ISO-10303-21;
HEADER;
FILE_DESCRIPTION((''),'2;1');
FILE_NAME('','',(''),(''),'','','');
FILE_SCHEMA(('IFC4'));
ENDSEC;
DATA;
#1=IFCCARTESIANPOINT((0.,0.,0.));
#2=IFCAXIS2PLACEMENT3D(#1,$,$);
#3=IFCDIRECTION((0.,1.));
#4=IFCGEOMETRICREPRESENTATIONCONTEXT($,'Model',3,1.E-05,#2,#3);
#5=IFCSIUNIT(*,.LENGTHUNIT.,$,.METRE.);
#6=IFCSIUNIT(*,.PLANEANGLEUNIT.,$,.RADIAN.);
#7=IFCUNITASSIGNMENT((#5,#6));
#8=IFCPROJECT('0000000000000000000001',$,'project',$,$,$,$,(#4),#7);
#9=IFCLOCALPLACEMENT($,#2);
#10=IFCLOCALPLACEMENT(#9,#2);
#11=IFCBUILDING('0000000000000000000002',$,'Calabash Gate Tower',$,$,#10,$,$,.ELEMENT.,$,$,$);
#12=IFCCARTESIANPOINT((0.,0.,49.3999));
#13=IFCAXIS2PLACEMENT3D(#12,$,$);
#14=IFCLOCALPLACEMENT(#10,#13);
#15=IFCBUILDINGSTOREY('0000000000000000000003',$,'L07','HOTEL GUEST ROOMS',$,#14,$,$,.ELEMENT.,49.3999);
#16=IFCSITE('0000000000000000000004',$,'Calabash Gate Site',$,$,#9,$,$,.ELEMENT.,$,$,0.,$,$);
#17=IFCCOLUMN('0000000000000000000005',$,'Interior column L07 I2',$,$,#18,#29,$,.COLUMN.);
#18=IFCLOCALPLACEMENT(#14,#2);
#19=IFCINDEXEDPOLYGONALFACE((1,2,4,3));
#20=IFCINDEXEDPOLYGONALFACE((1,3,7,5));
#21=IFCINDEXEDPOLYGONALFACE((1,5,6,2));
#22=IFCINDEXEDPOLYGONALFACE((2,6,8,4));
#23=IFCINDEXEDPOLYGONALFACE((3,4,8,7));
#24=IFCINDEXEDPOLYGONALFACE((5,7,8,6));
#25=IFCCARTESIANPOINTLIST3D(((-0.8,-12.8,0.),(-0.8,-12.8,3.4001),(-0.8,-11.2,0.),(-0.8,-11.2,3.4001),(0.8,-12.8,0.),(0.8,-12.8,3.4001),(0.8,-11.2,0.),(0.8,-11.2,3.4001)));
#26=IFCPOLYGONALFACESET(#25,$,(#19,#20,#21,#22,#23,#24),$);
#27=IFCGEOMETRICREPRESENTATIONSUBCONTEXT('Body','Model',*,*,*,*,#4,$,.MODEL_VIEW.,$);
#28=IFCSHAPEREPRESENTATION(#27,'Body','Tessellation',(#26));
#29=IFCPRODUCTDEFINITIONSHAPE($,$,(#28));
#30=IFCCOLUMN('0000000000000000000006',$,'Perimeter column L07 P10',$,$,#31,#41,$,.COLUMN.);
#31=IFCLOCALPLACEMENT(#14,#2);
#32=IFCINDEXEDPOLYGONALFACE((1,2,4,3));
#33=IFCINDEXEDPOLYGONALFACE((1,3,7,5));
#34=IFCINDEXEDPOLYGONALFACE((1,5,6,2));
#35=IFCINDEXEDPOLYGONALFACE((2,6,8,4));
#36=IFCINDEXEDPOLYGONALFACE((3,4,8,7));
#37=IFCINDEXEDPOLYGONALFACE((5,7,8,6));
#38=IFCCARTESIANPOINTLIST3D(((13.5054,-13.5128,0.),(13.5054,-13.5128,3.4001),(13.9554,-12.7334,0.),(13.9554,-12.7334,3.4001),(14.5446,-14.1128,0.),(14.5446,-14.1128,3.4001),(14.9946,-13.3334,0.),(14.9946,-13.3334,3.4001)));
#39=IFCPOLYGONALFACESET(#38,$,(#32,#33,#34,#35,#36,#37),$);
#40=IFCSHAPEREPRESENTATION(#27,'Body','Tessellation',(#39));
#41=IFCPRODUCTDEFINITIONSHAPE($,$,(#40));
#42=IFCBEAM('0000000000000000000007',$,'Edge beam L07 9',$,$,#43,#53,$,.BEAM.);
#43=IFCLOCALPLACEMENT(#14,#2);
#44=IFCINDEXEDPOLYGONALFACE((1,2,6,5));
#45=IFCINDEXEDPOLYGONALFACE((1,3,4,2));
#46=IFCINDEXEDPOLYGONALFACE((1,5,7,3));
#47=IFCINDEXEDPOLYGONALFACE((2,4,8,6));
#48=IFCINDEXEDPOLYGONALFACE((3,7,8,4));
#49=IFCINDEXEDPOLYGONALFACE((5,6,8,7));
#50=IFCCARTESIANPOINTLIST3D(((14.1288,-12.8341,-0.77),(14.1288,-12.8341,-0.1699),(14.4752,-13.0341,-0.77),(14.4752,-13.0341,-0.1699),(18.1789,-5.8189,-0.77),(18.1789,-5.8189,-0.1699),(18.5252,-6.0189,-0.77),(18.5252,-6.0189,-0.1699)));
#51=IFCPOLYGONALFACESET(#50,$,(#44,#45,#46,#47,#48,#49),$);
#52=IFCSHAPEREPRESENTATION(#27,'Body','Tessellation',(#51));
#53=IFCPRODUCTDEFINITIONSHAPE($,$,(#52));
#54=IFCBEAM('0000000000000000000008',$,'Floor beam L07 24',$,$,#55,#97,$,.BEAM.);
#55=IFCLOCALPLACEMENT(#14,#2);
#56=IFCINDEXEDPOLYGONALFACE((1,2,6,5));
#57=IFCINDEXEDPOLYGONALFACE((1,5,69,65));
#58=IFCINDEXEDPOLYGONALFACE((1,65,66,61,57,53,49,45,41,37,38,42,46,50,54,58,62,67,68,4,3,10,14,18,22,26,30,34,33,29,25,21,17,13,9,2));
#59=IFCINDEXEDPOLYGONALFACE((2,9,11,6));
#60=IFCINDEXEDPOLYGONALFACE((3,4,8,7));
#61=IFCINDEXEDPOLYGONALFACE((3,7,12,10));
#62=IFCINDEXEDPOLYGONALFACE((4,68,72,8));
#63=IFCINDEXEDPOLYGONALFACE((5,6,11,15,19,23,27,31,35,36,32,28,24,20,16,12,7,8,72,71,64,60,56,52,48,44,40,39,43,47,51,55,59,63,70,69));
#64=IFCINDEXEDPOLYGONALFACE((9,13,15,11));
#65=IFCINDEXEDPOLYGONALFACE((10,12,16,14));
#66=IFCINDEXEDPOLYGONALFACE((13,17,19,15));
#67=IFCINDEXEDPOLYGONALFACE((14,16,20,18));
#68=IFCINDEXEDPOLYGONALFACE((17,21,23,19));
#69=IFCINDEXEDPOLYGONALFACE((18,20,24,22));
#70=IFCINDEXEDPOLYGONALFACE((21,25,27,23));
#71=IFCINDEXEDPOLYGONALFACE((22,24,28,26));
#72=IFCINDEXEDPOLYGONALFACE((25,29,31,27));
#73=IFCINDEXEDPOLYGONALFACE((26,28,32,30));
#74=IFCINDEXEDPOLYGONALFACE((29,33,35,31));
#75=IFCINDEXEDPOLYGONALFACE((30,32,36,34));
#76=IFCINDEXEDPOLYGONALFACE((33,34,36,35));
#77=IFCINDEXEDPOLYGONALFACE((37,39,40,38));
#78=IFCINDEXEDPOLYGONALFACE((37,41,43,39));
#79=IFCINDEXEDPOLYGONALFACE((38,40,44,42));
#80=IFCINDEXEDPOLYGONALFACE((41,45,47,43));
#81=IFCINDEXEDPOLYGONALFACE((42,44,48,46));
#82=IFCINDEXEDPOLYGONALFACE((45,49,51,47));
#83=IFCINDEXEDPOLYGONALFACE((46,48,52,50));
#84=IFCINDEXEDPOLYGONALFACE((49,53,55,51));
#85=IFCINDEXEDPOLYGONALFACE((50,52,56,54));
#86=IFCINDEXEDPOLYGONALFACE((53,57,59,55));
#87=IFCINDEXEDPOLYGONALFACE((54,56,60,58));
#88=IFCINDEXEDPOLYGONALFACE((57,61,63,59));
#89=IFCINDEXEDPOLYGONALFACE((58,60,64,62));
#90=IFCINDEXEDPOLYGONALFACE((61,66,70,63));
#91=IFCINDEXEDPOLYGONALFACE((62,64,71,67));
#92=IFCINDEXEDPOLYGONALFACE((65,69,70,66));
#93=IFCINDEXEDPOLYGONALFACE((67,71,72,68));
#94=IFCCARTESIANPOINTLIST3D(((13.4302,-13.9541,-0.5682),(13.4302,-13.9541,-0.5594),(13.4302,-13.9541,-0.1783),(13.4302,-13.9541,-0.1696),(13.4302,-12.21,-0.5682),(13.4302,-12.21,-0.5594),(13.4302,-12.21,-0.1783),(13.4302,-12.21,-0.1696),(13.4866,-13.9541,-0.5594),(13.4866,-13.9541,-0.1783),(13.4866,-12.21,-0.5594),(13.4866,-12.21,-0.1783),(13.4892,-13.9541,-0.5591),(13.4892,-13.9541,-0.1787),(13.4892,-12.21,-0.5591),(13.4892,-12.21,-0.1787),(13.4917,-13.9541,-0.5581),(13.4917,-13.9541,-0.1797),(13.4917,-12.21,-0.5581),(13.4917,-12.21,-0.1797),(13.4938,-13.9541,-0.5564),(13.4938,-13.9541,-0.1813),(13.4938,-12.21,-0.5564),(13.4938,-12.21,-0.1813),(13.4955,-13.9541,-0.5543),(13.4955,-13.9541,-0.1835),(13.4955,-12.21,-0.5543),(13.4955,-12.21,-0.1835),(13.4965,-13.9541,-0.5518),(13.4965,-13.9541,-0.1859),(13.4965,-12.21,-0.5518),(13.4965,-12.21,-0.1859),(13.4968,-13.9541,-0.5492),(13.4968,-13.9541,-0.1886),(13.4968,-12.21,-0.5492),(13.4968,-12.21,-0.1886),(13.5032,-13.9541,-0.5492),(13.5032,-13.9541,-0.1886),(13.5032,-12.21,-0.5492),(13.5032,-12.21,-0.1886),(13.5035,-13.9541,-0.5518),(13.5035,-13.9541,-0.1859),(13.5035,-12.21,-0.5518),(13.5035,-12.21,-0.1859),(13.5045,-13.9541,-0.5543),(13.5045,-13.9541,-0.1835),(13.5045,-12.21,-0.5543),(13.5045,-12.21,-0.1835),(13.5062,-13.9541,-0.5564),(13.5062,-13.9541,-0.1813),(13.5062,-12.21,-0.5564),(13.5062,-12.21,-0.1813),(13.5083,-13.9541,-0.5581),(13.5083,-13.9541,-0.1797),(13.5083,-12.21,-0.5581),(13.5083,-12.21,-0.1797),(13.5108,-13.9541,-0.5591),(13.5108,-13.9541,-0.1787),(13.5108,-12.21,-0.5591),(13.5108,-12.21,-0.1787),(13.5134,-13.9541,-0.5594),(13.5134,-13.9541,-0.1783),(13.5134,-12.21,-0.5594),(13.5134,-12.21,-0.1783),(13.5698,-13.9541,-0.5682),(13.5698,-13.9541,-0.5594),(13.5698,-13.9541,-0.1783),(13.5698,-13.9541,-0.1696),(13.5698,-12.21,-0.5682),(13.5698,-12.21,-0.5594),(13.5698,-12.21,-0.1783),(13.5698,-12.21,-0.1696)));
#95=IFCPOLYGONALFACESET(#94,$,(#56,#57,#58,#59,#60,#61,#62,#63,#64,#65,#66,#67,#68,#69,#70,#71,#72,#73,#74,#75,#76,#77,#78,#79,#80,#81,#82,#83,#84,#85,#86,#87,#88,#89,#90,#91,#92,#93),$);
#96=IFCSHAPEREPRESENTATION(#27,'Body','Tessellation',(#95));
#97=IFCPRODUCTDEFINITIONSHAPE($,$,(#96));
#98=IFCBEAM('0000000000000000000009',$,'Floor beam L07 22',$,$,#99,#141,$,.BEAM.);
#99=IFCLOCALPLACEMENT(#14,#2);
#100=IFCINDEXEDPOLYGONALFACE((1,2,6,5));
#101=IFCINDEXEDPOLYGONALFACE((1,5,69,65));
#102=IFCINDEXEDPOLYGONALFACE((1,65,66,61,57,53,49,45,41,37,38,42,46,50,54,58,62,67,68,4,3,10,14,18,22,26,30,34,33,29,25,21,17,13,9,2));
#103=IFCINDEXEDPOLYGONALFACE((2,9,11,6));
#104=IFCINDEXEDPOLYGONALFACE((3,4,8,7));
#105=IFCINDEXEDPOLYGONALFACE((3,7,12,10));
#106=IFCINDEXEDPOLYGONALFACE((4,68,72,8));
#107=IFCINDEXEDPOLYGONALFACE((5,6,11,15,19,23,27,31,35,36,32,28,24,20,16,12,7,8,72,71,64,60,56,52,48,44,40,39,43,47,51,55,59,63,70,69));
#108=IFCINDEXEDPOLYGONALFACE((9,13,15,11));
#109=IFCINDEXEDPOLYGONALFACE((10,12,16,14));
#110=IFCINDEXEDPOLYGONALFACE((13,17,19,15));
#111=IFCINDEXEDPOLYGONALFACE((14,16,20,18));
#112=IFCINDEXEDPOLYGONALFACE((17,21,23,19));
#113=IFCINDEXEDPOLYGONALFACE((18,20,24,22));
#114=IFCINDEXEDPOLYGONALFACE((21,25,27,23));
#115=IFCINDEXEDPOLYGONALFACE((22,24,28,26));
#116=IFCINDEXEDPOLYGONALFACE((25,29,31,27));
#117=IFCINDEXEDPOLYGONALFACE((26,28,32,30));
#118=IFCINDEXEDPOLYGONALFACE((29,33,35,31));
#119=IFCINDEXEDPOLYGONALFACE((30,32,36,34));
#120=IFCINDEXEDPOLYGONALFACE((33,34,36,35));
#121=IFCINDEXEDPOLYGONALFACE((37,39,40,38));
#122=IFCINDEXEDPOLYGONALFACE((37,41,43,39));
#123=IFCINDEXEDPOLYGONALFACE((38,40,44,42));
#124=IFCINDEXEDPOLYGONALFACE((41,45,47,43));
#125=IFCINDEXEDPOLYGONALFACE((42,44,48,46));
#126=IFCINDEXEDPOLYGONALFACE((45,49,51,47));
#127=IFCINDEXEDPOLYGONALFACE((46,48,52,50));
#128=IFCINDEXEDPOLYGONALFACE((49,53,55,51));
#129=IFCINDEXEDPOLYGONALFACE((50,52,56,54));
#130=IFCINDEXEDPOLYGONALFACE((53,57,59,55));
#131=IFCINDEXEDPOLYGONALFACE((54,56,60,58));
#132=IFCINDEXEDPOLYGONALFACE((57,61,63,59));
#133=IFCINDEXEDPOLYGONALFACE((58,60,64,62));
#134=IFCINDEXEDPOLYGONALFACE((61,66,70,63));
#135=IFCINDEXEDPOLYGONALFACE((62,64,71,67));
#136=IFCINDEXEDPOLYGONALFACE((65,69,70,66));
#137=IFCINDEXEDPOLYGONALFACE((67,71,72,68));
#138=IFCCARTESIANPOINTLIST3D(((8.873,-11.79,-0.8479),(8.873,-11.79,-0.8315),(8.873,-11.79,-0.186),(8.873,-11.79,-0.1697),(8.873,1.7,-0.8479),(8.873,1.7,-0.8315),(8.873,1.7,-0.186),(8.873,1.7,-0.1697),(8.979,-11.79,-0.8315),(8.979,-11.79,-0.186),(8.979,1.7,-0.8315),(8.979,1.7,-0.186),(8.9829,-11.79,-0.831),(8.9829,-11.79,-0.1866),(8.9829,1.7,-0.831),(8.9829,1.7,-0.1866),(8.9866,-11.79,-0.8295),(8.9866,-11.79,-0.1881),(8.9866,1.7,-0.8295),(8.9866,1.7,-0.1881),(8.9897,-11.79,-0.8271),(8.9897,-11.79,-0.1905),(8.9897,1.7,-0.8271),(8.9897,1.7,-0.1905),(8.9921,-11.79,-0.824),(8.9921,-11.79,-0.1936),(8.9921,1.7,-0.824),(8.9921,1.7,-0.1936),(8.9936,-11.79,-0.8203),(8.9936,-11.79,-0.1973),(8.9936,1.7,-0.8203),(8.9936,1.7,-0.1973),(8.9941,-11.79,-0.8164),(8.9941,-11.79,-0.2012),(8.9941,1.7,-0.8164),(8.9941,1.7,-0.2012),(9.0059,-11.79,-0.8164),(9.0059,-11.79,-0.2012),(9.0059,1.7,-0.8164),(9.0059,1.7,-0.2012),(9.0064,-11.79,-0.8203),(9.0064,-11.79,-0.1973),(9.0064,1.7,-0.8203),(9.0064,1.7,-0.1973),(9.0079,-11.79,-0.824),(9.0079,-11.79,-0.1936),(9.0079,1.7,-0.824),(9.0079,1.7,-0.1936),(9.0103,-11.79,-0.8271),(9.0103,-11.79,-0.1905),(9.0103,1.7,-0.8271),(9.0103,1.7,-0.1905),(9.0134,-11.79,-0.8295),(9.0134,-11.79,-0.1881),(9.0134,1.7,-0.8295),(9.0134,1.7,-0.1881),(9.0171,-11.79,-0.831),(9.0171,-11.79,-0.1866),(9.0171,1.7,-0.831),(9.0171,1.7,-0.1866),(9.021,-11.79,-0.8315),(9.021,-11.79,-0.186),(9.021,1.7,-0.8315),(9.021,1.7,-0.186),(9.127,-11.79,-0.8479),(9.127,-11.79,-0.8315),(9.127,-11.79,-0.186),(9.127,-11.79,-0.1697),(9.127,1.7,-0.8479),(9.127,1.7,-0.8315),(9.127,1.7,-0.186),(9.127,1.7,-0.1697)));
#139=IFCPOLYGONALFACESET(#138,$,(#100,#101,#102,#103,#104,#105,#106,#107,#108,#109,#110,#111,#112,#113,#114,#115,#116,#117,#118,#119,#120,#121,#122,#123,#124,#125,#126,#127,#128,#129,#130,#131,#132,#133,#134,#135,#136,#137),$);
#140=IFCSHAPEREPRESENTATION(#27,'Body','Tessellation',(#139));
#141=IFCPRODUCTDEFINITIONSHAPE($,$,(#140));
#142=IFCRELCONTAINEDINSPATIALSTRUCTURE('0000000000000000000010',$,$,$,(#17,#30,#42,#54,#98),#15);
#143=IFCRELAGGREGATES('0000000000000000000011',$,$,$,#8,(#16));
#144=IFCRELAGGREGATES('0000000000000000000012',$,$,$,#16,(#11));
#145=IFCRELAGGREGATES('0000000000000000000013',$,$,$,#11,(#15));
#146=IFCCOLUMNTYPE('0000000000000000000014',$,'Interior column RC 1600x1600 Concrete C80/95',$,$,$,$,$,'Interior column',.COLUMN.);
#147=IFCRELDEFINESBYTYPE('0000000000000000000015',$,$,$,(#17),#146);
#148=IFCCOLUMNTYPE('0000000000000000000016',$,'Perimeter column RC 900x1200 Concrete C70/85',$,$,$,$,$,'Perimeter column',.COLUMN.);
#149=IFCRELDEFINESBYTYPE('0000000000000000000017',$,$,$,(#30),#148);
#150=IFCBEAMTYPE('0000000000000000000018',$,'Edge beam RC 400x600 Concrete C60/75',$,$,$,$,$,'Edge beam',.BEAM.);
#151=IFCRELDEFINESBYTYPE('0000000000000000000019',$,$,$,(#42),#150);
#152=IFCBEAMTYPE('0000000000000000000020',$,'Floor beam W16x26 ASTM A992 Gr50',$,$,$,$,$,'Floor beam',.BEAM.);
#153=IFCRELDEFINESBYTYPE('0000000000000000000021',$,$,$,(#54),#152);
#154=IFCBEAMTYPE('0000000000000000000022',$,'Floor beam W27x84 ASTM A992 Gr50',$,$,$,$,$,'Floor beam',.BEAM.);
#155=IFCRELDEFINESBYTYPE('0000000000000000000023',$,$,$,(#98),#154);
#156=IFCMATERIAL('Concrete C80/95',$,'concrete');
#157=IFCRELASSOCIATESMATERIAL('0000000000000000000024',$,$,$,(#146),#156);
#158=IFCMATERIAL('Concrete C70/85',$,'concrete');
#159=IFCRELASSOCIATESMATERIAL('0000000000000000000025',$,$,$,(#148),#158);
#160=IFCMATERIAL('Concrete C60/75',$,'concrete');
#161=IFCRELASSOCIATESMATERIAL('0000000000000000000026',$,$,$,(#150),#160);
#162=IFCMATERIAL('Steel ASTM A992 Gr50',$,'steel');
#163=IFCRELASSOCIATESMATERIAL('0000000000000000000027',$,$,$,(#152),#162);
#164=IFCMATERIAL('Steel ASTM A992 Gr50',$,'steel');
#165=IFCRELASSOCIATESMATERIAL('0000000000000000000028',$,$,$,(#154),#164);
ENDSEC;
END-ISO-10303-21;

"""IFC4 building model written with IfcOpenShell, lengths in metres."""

from ifc_helpers import new_model, si_unit, direction, frame, origin, origin_2d, place, context, subcontext, project, spatial, rectangle, i_section, extrude, material, material_profile, profile_set, type_object, element, save


model = new_model("IFC4")

# Units and contexts
model_context = context("Model", 3, precision=1e-05, world=origin(), true_north=direction((0.0, 1.0)))
body_context = subcontext(model_context, "Body", "Model", "MODEL_VIEW")
ifc_project = project(units=[si_unit("LENGTHUNIT", "METRE"), si_unit("PLANEANGLEUNIT", "RADIAN")], contexts=[model_context])

# Site, building, storey
site_placement = place(None, origin())
site = spatial("IfcSite", under=ifc_project, at=site_placement, Name="Calabash Gate Site", CompositionType="ELEMENT", RefElevation=0.0)
building_placement = place(site_placement, origin())
building = spatial("IfcBuilding", under=site, at=building_placement, Name="Calabash Gate Tower", CompositionType="ELEMENT")
storey_placement = place(building_placement, frame((0.0, 0.0, 49.3999)))
storey = spatial("IfcBuildingStorey", under=building, at=storey_placement, Name="L07", Description="HOTEL GUEST ROOMS", CompositionType="ELEMENT", Elevation=49.3999)

# Columns
ifc_material_1 = material(Name="Concrete C80/95", Category="concrete")
ifc_material_profile_1 = material_profile(ifc_material_1, rectangle(XDim=1.6001, YDim=1.6001, at=origin_2d()))
ifc_profile_set_1 = profile_set([ifc_material_profile_1], Name="Concrete C80/95")
column_type_1 = type_object("IfcColumnType", Name="Interior column RC 1600x1600 Concrete C80/95", ElementType="Interior column", PredefinedType="COLUMN", material=ifc_profile_set_1)
column_1_placement = place(storey_placement, frame((0.0, -12.0, 0.0), z_axis=(0.0, 0.0, 1.0), x_axis=(1.0, 0.0, 0.0)))
element("IfcColumn", 1, at=column_1_placement, inside=storey, type_object=column_type_1, Name="Interior column L07 I2", PredefinedType="COLUMN", context=body_context, shape_type="SweptSolid", body=[
    extrude(rectangle(XDim=1.6001, YDim=1.6001, at=origin_2d()), origin(), (0.0, 0.0, 1.0), 3.4001),
])
ifc_material_2 = material(Name="Concrete C70/85", Category="concrete")
ifc_material_profile_2 = material_profile(ifc_material_2, rectangle(XDim=0.8999, YDim=1.2, at=origin_2d()))
ifc_profile_set_2 = profile_set([ifc_material_profile_2], Name="Concrete C70/85")
column_type_2 = type_object("IfcColumnType", Name="Perimeter column RC 900x1200 Concrete C70/85", ElementType="Perimeter column", PredefinedType="COLUMN", material=ifc_profile_set_2)
column_2_placement = place(storey_placement, frame((14.25, -13.4231, 0.0), z_axis=(0.0, 0.0, 1.0), x_axis=(0.5, 0.866025, 0.0)))
element("IfcColumn", 2, at=column_2_placement, inside=storey, type_object=column_type_2, Name="Perimeter column L07 P10", PredefinedType="COLUMN", context=body_context, shape_type="SweptSolid", body=[
    extrude(rectangle(XDim=0.8999, YDim=1.2, at=origin_2d()), origin(), (0.0, 0.0, 1.0), 3.4001),
])

# Beams
ifc_material_3 = material(Name="Concrete C60/75", Category="concrete")
ifc_material_profile_3 = material_profile(ifc_material_3, rectangle(XDim=0.3999, YDim=0.6001, at=origin_2d()))
ifc_profile_set_3 = profile_set([ifc_material_profile_3], Name="Concrete C60/75")
beam_type_1 = type_object("IfcBeamType", Name="Edge beam RC 400x600 Concrete C60/75", ElementType="Edge beam", PredefinedType="BEAM", material=ifc_profile_set_3)
beam_1_placement = place(storey_placement, frame((14.302, -12.9341, -0.47), z_axis=(0.499987, 0.866033, 0.0), x_axis=(-0.866033, 0.499987, 0.0)))
element("IfcBeam", 3, at=beam_1_placement, inside=storey, type_object=beam_type_1, Name="Edge beam L07 9", PredefinedType="BEAM", context=body_context, shape_type="SweptSolid", body=[
    extrude(rectangle(XDim=0.3999, YDim=0.6001, at=origin_2d()), origin(), (0.0, 0.0, 1.0), 8.1003),
])
ifc_material_4 = material(Name="Steel ASTM A992 Gr50", Category="steel")
ifc_material_profile_4 = material_profile(ifc_material_4, i_section(OverallWidth=0.1396, OverallDepth=0.3987, WebThickness=0.0063, FlangeThickness=0.0088, FilletRadius=0.0103, at=origin_2d()))
ifc_profile_set_4 = profile_set([ifc_material_profile_4], Name="Steel ASTM A992 Gr50")
beam_type_2 = type_object("IfcBeamType", Name="Floor beam W16x26 ASTM A992 Gr50", ElementType="Floor beam", PredefinedType="BEAM", material=ifc_profile_set_4)
beam_2_placement = place(storey_placement, frame((13.5, -13.9541, -0.3689), z_axis=(0.0, 1.0, 0.0), x_axis=(-1.0, 0.0, 0.0)))
element("IfcBeam", 4, at=beam_2_placement, inside=storey, type_object=beam_type_2, Name="Floor beam L07 24", PredefinedType="BEAM", context=body_context, shape_type="SweptSolid", body=[
    extrude(i_section(OverallWidth=0.1396, OverallDepth=0.3987, WebThickness=0.0063, FlangeThickness=0.0088, FilletRadius=0.0103, at=origin_2d()), origin(), (0.0, 0.0, 1.0), 1.7441),
])
ifc_material_5 = material(Name="Steel ASTM A992 Gr50", Category="steel")
ifc_material_profile_5 = material_profile(ifc_material_5, i_section(OverallWidth=0.2539, OverallDepth=0.6782, WebThickness=0.0117, FlangeThickness=0.0164, FilletRadius=0.0151, at=origin_2d()))
ifc_profile_set_5 = profile_set([ifc_material_profile_5], Name="Steel ASTM A992 Gr50")
beam_type_3 = type_object("IfcBeamType", Name="Floor beam W27x84 ASTM A992 Gr50", ElementType="Floor beam", PredefinedType="BEAM", material=ifc_profile_set_5)
beam_3_placement = place(storey_placement, frame((9.0, -11.79, -0.5088), z_axis=(0.0, 1.0, 0.0), x_axis=(-1.0, 0.0, 0.0)))
element("IfcBeam", 5, at=beam_3_placement, inside=storey, type_object=beam_type_3, Name="Floor beam L07 22", PredefinedType="BEAM", context=body_context, shape_type="SweptSolid", body=[
    extrude(i_section(OverallWidth=0.2539, OverallDepth=0.6782, WebThickness=0.0117, FlangeThickness=0.0164, FilletRadius=0.0151, at=origin_2d()), origin(), (0.0, 0.0, 1.0), 13.49),
])

save(model, "model.ifc")
